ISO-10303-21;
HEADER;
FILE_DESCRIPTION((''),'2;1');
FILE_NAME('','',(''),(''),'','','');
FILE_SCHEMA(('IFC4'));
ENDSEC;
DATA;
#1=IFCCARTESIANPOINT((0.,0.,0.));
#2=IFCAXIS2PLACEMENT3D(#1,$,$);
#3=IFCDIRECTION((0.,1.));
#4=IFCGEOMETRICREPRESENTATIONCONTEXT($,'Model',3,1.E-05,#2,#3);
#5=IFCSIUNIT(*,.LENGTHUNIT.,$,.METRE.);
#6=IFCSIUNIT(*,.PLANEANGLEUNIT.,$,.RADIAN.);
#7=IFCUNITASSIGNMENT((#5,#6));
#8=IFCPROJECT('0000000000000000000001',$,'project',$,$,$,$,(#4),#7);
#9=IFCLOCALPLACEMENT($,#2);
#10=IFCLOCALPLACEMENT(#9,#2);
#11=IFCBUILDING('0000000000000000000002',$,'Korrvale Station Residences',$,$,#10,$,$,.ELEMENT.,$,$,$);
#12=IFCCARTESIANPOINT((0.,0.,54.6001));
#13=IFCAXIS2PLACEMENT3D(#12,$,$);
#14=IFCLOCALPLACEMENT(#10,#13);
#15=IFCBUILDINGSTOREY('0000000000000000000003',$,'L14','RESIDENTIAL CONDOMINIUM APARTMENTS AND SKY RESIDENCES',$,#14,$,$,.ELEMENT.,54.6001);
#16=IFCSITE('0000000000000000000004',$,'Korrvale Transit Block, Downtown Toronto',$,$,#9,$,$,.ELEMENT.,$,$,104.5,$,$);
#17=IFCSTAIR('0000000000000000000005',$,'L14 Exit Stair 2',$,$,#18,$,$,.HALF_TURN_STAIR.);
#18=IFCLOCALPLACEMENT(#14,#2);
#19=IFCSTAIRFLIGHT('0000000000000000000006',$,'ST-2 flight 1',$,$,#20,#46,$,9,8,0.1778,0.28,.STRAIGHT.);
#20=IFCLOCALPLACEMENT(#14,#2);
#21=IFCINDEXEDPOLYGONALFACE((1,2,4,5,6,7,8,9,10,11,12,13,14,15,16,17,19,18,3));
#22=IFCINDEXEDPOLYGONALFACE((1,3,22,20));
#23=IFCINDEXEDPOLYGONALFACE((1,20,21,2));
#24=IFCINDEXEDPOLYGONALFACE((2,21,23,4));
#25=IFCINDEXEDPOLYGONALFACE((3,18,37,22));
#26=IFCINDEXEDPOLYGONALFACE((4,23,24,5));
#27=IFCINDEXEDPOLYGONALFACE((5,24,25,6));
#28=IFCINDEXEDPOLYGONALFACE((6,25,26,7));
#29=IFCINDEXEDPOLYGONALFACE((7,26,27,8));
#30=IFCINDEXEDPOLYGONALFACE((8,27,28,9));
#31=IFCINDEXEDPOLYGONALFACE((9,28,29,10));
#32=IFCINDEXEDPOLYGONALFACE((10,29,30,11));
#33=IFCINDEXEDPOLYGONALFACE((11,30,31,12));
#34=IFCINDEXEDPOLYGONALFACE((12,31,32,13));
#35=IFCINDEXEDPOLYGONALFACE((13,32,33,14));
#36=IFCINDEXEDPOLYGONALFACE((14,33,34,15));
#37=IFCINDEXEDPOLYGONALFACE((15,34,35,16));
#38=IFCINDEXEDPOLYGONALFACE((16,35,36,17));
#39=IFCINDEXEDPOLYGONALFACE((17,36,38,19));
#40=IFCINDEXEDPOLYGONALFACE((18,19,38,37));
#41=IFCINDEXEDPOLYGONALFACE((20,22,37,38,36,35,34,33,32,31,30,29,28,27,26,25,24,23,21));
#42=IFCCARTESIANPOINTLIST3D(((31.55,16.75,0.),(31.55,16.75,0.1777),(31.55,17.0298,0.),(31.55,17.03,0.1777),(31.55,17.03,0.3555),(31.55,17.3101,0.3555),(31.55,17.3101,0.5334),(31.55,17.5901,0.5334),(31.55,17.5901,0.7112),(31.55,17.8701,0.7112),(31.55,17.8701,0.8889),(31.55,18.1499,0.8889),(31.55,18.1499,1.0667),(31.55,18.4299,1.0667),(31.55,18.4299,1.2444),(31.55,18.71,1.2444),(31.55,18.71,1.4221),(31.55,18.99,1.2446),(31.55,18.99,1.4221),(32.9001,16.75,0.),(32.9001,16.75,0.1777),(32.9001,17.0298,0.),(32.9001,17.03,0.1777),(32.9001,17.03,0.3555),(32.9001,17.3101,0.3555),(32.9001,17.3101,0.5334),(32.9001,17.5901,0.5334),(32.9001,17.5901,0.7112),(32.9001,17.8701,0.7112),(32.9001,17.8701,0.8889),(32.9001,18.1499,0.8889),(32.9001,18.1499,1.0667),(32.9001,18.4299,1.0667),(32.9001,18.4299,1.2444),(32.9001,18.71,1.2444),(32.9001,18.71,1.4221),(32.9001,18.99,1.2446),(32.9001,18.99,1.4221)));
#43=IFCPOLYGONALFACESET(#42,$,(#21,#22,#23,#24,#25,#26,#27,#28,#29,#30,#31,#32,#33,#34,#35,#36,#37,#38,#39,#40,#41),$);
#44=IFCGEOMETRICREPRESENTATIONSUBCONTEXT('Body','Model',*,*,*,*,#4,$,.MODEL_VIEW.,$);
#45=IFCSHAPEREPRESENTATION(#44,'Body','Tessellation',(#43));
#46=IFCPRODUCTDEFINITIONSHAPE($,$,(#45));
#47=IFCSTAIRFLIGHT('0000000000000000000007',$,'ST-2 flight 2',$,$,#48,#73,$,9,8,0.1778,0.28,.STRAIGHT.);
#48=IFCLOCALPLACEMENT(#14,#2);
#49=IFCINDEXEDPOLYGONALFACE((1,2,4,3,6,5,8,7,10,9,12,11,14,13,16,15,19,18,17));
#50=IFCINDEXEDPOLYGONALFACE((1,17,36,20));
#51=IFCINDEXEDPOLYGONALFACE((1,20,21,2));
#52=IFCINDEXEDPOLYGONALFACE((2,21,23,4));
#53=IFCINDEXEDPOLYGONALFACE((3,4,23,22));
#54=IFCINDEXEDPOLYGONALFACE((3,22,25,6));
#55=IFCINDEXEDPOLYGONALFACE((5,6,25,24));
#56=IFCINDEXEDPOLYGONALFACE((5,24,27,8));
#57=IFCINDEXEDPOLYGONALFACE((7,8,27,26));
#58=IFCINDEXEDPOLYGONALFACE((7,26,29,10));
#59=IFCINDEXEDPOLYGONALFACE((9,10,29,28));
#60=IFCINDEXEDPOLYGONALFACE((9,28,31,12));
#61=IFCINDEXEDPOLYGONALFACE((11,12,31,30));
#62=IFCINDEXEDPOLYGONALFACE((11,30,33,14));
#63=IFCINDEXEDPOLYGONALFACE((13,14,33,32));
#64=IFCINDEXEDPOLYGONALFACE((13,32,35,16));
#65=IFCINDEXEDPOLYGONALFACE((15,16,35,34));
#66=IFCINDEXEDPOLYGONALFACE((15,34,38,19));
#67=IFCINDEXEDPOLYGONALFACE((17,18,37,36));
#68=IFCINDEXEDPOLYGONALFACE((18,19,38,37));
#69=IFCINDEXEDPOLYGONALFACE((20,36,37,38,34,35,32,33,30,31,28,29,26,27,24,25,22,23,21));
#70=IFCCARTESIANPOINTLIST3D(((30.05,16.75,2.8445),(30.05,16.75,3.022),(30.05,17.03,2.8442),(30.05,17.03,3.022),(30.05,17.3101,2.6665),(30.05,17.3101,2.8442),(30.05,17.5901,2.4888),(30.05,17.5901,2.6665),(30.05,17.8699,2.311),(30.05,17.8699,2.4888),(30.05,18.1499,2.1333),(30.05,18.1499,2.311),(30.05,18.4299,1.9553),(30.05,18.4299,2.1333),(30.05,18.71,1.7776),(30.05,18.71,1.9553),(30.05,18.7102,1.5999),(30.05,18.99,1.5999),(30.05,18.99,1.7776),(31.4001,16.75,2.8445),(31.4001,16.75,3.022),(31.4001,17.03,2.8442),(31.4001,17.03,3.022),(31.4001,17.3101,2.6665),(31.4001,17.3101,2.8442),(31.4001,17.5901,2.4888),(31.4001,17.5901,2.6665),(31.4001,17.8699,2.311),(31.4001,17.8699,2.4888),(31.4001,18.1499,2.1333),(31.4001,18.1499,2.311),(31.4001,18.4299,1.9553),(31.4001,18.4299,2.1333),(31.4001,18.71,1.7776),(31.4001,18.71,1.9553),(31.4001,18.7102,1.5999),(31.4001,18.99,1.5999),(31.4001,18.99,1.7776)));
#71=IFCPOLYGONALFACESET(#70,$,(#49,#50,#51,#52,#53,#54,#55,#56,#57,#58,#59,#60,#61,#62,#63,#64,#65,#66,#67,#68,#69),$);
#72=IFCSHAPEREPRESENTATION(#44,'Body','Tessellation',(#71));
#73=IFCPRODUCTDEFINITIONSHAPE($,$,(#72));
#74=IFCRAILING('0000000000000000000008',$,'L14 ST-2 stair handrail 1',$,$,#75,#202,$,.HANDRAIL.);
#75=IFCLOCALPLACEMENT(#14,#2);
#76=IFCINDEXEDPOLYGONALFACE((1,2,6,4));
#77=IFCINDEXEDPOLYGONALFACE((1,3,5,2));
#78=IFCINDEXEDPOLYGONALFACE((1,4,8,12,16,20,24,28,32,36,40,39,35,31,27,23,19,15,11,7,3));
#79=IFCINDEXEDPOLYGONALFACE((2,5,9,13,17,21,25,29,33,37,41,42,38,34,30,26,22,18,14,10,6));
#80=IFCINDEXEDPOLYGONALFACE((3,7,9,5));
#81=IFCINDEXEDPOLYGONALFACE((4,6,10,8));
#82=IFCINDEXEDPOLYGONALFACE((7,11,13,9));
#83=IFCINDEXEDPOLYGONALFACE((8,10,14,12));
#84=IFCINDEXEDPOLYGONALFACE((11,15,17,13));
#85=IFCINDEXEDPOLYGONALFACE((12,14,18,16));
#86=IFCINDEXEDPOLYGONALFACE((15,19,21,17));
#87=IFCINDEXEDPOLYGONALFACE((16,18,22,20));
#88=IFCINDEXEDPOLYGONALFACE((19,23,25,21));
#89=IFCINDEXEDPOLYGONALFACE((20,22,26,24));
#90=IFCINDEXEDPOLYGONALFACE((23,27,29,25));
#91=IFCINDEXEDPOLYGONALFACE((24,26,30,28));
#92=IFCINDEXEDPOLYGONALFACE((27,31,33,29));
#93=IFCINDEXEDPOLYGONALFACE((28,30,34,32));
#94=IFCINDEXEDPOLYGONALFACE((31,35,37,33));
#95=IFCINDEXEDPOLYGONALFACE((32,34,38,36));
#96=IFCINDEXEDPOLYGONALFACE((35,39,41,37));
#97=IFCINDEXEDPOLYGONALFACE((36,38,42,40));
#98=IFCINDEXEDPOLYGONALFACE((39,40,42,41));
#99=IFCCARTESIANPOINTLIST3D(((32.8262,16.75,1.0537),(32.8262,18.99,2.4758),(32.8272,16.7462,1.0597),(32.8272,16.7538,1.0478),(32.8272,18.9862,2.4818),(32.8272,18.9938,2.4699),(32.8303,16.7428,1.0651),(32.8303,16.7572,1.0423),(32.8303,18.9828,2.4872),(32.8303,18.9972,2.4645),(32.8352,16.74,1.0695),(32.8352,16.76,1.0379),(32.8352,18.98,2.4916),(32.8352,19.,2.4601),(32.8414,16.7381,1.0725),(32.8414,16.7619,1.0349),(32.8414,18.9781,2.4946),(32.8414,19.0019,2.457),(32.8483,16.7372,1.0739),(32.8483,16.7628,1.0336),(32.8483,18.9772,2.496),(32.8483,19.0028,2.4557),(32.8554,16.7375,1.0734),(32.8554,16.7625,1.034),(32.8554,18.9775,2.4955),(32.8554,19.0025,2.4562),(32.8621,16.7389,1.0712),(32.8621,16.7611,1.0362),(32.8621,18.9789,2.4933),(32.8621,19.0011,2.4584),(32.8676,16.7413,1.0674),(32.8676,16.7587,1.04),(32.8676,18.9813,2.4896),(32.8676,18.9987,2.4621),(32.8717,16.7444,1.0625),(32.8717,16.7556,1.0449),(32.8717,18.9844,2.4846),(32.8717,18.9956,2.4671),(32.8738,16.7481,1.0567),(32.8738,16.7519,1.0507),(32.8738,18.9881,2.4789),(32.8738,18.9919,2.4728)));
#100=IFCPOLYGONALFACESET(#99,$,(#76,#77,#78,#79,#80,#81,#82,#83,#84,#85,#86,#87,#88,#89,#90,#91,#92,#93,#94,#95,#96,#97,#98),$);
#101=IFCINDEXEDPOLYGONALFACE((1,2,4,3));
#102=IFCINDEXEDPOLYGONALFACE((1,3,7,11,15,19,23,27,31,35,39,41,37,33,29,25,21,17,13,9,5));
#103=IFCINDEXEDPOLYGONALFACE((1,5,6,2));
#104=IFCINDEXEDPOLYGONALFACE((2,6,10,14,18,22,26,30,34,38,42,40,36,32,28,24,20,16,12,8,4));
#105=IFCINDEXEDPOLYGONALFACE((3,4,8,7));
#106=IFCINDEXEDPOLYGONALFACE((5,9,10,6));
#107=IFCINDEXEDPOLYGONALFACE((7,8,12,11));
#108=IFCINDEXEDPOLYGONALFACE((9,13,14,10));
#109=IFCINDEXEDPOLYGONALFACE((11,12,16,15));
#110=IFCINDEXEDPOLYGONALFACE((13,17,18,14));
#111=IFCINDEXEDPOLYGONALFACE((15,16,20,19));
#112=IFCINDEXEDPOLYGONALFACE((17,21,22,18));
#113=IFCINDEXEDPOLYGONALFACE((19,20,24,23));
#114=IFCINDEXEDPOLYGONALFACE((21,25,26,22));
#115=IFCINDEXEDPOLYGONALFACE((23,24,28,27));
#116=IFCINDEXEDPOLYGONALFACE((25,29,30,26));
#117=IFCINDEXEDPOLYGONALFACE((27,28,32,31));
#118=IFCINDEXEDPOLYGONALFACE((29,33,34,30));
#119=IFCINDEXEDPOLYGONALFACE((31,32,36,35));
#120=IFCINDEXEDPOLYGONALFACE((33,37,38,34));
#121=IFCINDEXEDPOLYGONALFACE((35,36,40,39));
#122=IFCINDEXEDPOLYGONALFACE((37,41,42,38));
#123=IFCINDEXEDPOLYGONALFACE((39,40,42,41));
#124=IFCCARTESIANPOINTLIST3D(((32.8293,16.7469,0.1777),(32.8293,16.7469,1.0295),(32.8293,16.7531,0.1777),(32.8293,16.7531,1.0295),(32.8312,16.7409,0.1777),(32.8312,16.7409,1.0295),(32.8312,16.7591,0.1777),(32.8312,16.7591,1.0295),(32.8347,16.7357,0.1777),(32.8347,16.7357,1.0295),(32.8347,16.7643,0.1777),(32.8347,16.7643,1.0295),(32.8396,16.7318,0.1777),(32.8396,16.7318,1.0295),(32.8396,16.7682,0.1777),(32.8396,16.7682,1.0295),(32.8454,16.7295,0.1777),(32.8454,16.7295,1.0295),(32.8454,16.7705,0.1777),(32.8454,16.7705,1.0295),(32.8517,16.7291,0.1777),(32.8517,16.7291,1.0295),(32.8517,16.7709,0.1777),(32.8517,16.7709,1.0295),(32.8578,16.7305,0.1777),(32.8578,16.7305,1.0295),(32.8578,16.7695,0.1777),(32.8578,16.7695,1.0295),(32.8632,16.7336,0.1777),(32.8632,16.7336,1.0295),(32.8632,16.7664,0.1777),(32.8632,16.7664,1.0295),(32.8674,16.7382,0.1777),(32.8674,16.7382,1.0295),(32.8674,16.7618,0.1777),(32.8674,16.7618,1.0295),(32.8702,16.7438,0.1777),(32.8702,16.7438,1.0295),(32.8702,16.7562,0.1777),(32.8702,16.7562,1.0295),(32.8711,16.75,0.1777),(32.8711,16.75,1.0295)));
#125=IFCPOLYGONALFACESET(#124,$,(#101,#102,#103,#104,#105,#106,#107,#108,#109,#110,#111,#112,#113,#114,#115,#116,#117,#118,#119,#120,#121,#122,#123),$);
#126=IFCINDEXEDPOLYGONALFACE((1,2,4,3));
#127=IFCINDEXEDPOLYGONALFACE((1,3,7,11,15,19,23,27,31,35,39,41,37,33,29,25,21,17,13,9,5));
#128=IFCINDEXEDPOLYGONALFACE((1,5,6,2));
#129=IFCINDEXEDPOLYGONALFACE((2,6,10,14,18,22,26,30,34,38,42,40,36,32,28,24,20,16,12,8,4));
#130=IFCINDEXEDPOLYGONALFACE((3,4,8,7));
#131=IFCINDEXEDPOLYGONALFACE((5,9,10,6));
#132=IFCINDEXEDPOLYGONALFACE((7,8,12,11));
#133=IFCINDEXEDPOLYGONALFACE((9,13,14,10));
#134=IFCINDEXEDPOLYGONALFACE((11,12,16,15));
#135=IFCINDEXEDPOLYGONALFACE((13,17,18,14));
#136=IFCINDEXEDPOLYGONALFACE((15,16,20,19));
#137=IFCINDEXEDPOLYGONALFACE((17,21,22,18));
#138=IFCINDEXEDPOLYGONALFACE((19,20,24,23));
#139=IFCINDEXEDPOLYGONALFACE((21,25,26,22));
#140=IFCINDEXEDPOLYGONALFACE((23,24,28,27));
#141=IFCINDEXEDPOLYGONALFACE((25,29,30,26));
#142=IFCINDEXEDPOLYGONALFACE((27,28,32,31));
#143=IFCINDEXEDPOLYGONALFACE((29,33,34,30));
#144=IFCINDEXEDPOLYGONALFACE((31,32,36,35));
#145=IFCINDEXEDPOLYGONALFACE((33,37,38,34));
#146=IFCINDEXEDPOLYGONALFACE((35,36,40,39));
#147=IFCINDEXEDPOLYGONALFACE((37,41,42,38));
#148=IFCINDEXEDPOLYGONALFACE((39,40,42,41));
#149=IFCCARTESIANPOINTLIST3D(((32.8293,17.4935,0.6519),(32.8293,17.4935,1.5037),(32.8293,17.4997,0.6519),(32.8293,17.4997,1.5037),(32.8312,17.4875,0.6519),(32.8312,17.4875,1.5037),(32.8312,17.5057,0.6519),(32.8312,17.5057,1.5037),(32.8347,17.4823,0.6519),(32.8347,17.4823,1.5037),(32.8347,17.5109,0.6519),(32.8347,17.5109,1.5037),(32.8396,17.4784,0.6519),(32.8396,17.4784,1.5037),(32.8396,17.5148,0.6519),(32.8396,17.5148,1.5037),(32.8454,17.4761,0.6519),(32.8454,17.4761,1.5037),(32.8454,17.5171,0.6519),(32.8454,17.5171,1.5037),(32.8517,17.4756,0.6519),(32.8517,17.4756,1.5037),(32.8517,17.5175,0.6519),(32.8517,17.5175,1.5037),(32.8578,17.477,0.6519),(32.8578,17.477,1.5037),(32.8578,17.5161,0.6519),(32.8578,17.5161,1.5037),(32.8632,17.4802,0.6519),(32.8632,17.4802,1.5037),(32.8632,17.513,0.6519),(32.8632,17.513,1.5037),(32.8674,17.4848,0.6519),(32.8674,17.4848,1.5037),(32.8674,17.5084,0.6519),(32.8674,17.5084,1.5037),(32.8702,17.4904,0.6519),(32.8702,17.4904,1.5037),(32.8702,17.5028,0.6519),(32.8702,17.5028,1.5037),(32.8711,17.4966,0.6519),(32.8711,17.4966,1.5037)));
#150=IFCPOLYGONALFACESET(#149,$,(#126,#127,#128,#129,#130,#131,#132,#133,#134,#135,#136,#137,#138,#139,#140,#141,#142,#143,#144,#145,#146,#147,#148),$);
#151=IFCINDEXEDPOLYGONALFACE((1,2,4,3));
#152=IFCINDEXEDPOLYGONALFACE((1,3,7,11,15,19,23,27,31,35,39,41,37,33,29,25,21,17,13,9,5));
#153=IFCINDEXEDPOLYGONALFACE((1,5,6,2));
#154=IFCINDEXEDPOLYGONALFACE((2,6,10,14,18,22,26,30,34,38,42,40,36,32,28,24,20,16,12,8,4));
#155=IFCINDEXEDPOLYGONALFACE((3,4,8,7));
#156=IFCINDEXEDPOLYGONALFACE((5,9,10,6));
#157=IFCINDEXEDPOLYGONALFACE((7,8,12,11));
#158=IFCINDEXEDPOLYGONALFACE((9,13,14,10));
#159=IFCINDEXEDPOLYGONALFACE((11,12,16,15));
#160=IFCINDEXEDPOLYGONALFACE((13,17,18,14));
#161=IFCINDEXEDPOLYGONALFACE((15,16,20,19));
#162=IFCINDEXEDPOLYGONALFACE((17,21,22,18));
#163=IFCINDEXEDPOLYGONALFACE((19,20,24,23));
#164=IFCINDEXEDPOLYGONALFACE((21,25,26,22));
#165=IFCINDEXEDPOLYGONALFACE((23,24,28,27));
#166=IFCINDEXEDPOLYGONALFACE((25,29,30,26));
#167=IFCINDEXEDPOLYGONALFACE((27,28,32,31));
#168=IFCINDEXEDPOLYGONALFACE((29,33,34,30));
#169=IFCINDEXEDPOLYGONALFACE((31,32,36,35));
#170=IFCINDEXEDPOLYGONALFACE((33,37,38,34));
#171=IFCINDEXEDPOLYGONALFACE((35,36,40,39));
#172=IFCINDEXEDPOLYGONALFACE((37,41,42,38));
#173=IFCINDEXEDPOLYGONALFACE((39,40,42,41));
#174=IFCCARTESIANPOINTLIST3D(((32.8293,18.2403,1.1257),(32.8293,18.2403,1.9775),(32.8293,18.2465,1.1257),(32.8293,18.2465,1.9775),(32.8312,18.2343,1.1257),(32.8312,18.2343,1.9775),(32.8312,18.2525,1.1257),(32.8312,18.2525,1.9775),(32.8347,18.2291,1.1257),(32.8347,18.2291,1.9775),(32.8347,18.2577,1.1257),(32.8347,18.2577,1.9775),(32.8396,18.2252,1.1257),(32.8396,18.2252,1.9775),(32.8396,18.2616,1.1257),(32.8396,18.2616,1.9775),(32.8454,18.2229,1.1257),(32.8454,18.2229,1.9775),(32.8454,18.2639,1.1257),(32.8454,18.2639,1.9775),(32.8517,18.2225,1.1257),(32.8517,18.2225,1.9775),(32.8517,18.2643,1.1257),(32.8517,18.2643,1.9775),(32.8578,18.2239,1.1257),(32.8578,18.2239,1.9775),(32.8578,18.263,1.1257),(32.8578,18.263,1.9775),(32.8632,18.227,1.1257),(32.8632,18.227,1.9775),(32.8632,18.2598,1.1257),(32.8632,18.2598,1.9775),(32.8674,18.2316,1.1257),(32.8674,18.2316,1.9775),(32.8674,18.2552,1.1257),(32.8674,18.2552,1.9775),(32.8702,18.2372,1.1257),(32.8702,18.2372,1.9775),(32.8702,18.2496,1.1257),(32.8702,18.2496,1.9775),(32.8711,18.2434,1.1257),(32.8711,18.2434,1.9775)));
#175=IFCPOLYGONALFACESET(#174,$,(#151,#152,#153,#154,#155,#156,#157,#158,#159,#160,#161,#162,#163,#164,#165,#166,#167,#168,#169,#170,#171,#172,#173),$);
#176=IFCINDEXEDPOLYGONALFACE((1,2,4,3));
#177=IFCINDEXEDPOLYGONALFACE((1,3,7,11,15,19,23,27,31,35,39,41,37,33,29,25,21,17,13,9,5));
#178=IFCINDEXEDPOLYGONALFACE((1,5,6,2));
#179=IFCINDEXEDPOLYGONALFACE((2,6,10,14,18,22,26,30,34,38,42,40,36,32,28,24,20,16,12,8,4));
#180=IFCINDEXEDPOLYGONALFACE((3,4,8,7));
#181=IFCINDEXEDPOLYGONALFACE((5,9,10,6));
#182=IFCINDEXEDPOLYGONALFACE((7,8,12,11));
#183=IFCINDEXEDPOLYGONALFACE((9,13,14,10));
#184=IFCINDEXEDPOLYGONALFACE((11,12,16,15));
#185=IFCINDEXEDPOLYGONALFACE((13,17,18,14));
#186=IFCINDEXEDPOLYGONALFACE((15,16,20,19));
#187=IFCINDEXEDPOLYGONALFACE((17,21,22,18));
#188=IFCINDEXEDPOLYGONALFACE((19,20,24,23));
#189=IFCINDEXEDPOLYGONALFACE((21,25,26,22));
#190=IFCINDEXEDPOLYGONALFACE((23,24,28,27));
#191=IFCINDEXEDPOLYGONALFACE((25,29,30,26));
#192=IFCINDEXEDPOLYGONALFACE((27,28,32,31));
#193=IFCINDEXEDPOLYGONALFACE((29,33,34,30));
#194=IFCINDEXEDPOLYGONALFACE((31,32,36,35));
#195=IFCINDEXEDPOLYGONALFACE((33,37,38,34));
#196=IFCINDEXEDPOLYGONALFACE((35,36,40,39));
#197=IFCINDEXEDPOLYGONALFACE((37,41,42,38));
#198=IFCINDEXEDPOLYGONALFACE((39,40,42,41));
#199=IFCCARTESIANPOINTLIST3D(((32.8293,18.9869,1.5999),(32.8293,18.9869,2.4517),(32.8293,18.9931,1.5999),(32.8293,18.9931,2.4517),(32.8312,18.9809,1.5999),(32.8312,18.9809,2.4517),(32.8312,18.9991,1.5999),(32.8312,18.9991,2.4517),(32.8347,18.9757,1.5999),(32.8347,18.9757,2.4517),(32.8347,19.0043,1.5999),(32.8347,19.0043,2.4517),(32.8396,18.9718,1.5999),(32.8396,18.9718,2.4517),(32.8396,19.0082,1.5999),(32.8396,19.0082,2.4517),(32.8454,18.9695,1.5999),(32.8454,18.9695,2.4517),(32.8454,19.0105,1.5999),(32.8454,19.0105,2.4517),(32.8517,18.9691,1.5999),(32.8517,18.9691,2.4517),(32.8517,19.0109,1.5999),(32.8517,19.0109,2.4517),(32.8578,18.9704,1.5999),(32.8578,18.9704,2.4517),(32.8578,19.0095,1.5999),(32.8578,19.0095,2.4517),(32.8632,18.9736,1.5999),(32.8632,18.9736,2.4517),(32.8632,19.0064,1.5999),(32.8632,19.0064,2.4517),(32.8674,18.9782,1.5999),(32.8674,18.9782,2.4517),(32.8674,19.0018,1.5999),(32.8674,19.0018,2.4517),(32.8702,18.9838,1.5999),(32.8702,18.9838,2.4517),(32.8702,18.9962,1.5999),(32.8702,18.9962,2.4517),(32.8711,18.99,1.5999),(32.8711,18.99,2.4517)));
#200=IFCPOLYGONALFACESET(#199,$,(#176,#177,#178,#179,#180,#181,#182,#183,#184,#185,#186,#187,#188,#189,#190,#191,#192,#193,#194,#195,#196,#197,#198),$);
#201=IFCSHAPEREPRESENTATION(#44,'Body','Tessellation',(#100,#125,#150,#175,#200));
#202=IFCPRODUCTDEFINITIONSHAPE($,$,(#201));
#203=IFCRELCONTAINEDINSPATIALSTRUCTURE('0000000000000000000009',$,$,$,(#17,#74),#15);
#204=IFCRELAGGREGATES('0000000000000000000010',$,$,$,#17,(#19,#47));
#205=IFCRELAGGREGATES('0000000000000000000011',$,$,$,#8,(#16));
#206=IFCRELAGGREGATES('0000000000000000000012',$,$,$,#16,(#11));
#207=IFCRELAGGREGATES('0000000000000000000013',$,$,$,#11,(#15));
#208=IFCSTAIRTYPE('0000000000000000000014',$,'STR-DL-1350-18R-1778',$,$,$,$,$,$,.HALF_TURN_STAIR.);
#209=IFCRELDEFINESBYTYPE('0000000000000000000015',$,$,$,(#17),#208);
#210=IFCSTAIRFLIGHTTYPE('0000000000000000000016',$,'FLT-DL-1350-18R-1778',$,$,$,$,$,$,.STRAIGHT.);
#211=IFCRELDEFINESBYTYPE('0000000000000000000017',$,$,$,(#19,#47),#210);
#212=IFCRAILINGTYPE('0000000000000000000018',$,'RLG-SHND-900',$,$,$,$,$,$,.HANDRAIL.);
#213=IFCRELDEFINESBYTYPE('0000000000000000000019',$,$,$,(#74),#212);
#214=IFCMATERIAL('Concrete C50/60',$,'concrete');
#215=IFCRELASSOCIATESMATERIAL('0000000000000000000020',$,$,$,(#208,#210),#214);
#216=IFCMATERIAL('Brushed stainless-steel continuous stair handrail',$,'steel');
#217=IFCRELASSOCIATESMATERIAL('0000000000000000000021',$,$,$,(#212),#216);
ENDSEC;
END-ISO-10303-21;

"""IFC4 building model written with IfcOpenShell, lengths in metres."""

from ifc_helpers import new_model, si_unit, direction, frame, origin, origin_2d, place, context, subcontext, project, spatial, polyline, circle, outline, extrude, material, type_object, element, aggregate, save


model = new_model("IFC4")

# Units and contexts
model_context = context("Model", 3, precision=1e-05, world=origin(), true_north=direction((0.0, 1.0)))
body_context = subcontext(model_context, "Body", "Model", "MODEL_VIEW")
ifc_project = project(units=[si_unit("LENGTHUNIT", "METRE"), si_unit("PLANEANGLEUNIT", "RADIAN")], contexts=[model_context])

# Site, building, storey
site_placement = place(None, origin())
site = spatial("IfcSite", under=ifc_project, at=site_placement, Name="Korrvale Transit Block, Downtown Toronto", CompositionType="ELEMENT", RefElevation=104.5)
building_placement = place(site_placement, origin())
building = spatial("IfcBuilding", under=site, at=building_placement, Name="Korrvale Station Residences", CompositionType="ELEMENT")
storey_placement = place(building_placement, frame((0.0, 0.0, 54.6001)))
storey = spatial("IfcBuildingStorey", under=building, at=storey_placement, Name="L14", Description="RESIDENTIAL CONDOMINIUM APARTMENTS AND SKY RESIDENCES", CompositionType="ELEMENT", Elevation=54.6001)

# Stair, stair flights
ifc_material_1 = material(Name="Concrete C50/60", Category="concrete")
stair_type = type_object("IfcStairType", Name="STR-DL-1350-18R-1778", PredefinedType="HALF_TURN_STAIR", material=ifc_material_1)
stair_placement = place(storey_placement, origin())
stair = element("IfcStair", 1, at=stair_placement, inside=storey, type_object=stair_type, Name="L14 Exit Stair 2", PredefinedType="HALF_TURN_STAIR")
stair_flight_type = type_object("IfcStairFlightType", Name="FLT-DL-1350-18R-1778", PredefinedType="STRAIGHT", material=ifc_material_1)
stair_flight_1_placement = place(storey_placement, frame((32.2251, 16.75, 0.0), z_axis=(0.0, 0.0, 1.0), x_axis=(0.0, 1.0, 0.0)))
stair_flight_1 = element("IfcStairFlight", 2, at=stair_flight_1_placement, type_object=stair_flight_type, Name="ST-2 flight 1", NumberOfRisers=9, NumberOfTreads=8, PredefinedType="STRAIGHT", RiserHeight=0.1778, TreadLength=0.28, context=body_context, shape_type="SweptSolid", body=[
    extrude(outline(polyline([(0.0, 0.0), (0.0, 0.1777), (0.28, 0.1777), (0.28, 0.3555), (0.5601, 0.3555), (0.5601, 0.5334), (0.8401, 0.5334), (0.8401, 0.7112), (1.1201, 0.7112), (1.1201, 0.8889), (1.3999, 0.8889), (1.3999, 1.0667), (1.6799, 1.0667), (1.6799, 1.2444), (1.96, 1.2444), (1.96, 1.4221), (2.24, 1.4221), (2.24, 1.6001), (2.24, 1.2446), (0.2798, 0.0), (0.0, 0.0)])), frame((0.0, 0.675, 0.0), z_axis=(0.0, -1.0, 0.0), x_axis=(1.0, 0.0, 0.0)), (0.0, 0.0, 1.0), 1.3501),
])
stair_flight_2_placement = place(storey_placement, frame((30.7251, 18.99, 1.5999), z_axis=(0.0, 0.0, 1.0), x_axis=(0.0, -1.0, 0.0)))
stair_flight_2 = element("IfcStairFlight", 3, at=stair_flight_2_placement, type_object=stair_flight_type, Name="ST-2 flight 2", NumberOfRisers=9, NumberOfTreads=8, PredefinedType="STRAIGHT", RiserHeight=0.1778, TreadLength=0.28, context=body_context, shape_type="SweptSolid", body=[
    extrude(outline(polyline([(0.0, 0.0), (0.0, 0.1777), (0.28, 0.1777), (0.28, 0.3555), (0.5601, 0.3555), (0.5601, 0.5334), (0.8401, 0.5334), (0.8401, 0.7112), (1.1201, 0.7112), (1.1201, 0.8889), (1.3999, 0.8889), (1.3999, 1.0667), (1.6799, 1.0667), (1.6799, 1.2444), (1.96, 1.2444), (1.96, 1.4221), (2.24, 1.4221), (2.24, 1.6001), (2.24, 1.2446), (0.2798, 0.0), (0.0, 0.0)])), frame((0.0, 0.675, 0.0), z_axis=(0.0, -1.0, 0.0), x_axis=(1.0, 0.0, 0.0)), (0.0, 0.0, 1.0), 1.3501),
])
aggregate(stair, [stair_flight_1, stair_flight_2])

# Railing
ifc_material_2 = material(Name="Brushed stainless-steel continuous stair handrail", Category="steel")
railing_type_1 = type_object("IfcRailingType", Name="RLG-SHND-900", PredefinedType="HANDRAIL", material=ifc_material_2)
railing_1_placement = place(storey_placement, frame((32.8501, 16.75, 0.1777)))
element("IfcRailing", 4, at=railing_1_placement, inside=storey, type_object=railing_type_1, Name="L14 ST-2 stair handrail 1", PredefinedType="HANDRAIL", context=body_context, shape_type="SweptSolid", body=[
    extrude(circle(Radius=0.0239, at=origin_2d()), frame((0.0, 0.0, 0.876), z_axis=(0.0, 0.844229, 0.535982), x_axis=(-1.0, 0.0, 0.0)), (0.0, 0.0, 1.0), 2.6533),
    extrude(circle(Radius=0.021, at=origin_2d()), origin(), (0.0, 0.0, 1.0), 0.8518),
    extrude(circle(Radius=0.021, at=origin_2d()), frame((0.0, 0.7466, 0.4741)), (0.0, 0.0, 1.0), 0.8518),
    extrude(circle(Radius=0.021, at=origin_2d()), frame((0.0, 1.4934, 0.948)), (0.0, 0.0, 1.0), 0.8518),
    extrude(circle(Radius=0.021, at=origin_2d()), frame((0.0, 2.24, 1.4221)), (0.0, 0.0, 1.0), 0.8518),
])

save(model, "model.ifc")
